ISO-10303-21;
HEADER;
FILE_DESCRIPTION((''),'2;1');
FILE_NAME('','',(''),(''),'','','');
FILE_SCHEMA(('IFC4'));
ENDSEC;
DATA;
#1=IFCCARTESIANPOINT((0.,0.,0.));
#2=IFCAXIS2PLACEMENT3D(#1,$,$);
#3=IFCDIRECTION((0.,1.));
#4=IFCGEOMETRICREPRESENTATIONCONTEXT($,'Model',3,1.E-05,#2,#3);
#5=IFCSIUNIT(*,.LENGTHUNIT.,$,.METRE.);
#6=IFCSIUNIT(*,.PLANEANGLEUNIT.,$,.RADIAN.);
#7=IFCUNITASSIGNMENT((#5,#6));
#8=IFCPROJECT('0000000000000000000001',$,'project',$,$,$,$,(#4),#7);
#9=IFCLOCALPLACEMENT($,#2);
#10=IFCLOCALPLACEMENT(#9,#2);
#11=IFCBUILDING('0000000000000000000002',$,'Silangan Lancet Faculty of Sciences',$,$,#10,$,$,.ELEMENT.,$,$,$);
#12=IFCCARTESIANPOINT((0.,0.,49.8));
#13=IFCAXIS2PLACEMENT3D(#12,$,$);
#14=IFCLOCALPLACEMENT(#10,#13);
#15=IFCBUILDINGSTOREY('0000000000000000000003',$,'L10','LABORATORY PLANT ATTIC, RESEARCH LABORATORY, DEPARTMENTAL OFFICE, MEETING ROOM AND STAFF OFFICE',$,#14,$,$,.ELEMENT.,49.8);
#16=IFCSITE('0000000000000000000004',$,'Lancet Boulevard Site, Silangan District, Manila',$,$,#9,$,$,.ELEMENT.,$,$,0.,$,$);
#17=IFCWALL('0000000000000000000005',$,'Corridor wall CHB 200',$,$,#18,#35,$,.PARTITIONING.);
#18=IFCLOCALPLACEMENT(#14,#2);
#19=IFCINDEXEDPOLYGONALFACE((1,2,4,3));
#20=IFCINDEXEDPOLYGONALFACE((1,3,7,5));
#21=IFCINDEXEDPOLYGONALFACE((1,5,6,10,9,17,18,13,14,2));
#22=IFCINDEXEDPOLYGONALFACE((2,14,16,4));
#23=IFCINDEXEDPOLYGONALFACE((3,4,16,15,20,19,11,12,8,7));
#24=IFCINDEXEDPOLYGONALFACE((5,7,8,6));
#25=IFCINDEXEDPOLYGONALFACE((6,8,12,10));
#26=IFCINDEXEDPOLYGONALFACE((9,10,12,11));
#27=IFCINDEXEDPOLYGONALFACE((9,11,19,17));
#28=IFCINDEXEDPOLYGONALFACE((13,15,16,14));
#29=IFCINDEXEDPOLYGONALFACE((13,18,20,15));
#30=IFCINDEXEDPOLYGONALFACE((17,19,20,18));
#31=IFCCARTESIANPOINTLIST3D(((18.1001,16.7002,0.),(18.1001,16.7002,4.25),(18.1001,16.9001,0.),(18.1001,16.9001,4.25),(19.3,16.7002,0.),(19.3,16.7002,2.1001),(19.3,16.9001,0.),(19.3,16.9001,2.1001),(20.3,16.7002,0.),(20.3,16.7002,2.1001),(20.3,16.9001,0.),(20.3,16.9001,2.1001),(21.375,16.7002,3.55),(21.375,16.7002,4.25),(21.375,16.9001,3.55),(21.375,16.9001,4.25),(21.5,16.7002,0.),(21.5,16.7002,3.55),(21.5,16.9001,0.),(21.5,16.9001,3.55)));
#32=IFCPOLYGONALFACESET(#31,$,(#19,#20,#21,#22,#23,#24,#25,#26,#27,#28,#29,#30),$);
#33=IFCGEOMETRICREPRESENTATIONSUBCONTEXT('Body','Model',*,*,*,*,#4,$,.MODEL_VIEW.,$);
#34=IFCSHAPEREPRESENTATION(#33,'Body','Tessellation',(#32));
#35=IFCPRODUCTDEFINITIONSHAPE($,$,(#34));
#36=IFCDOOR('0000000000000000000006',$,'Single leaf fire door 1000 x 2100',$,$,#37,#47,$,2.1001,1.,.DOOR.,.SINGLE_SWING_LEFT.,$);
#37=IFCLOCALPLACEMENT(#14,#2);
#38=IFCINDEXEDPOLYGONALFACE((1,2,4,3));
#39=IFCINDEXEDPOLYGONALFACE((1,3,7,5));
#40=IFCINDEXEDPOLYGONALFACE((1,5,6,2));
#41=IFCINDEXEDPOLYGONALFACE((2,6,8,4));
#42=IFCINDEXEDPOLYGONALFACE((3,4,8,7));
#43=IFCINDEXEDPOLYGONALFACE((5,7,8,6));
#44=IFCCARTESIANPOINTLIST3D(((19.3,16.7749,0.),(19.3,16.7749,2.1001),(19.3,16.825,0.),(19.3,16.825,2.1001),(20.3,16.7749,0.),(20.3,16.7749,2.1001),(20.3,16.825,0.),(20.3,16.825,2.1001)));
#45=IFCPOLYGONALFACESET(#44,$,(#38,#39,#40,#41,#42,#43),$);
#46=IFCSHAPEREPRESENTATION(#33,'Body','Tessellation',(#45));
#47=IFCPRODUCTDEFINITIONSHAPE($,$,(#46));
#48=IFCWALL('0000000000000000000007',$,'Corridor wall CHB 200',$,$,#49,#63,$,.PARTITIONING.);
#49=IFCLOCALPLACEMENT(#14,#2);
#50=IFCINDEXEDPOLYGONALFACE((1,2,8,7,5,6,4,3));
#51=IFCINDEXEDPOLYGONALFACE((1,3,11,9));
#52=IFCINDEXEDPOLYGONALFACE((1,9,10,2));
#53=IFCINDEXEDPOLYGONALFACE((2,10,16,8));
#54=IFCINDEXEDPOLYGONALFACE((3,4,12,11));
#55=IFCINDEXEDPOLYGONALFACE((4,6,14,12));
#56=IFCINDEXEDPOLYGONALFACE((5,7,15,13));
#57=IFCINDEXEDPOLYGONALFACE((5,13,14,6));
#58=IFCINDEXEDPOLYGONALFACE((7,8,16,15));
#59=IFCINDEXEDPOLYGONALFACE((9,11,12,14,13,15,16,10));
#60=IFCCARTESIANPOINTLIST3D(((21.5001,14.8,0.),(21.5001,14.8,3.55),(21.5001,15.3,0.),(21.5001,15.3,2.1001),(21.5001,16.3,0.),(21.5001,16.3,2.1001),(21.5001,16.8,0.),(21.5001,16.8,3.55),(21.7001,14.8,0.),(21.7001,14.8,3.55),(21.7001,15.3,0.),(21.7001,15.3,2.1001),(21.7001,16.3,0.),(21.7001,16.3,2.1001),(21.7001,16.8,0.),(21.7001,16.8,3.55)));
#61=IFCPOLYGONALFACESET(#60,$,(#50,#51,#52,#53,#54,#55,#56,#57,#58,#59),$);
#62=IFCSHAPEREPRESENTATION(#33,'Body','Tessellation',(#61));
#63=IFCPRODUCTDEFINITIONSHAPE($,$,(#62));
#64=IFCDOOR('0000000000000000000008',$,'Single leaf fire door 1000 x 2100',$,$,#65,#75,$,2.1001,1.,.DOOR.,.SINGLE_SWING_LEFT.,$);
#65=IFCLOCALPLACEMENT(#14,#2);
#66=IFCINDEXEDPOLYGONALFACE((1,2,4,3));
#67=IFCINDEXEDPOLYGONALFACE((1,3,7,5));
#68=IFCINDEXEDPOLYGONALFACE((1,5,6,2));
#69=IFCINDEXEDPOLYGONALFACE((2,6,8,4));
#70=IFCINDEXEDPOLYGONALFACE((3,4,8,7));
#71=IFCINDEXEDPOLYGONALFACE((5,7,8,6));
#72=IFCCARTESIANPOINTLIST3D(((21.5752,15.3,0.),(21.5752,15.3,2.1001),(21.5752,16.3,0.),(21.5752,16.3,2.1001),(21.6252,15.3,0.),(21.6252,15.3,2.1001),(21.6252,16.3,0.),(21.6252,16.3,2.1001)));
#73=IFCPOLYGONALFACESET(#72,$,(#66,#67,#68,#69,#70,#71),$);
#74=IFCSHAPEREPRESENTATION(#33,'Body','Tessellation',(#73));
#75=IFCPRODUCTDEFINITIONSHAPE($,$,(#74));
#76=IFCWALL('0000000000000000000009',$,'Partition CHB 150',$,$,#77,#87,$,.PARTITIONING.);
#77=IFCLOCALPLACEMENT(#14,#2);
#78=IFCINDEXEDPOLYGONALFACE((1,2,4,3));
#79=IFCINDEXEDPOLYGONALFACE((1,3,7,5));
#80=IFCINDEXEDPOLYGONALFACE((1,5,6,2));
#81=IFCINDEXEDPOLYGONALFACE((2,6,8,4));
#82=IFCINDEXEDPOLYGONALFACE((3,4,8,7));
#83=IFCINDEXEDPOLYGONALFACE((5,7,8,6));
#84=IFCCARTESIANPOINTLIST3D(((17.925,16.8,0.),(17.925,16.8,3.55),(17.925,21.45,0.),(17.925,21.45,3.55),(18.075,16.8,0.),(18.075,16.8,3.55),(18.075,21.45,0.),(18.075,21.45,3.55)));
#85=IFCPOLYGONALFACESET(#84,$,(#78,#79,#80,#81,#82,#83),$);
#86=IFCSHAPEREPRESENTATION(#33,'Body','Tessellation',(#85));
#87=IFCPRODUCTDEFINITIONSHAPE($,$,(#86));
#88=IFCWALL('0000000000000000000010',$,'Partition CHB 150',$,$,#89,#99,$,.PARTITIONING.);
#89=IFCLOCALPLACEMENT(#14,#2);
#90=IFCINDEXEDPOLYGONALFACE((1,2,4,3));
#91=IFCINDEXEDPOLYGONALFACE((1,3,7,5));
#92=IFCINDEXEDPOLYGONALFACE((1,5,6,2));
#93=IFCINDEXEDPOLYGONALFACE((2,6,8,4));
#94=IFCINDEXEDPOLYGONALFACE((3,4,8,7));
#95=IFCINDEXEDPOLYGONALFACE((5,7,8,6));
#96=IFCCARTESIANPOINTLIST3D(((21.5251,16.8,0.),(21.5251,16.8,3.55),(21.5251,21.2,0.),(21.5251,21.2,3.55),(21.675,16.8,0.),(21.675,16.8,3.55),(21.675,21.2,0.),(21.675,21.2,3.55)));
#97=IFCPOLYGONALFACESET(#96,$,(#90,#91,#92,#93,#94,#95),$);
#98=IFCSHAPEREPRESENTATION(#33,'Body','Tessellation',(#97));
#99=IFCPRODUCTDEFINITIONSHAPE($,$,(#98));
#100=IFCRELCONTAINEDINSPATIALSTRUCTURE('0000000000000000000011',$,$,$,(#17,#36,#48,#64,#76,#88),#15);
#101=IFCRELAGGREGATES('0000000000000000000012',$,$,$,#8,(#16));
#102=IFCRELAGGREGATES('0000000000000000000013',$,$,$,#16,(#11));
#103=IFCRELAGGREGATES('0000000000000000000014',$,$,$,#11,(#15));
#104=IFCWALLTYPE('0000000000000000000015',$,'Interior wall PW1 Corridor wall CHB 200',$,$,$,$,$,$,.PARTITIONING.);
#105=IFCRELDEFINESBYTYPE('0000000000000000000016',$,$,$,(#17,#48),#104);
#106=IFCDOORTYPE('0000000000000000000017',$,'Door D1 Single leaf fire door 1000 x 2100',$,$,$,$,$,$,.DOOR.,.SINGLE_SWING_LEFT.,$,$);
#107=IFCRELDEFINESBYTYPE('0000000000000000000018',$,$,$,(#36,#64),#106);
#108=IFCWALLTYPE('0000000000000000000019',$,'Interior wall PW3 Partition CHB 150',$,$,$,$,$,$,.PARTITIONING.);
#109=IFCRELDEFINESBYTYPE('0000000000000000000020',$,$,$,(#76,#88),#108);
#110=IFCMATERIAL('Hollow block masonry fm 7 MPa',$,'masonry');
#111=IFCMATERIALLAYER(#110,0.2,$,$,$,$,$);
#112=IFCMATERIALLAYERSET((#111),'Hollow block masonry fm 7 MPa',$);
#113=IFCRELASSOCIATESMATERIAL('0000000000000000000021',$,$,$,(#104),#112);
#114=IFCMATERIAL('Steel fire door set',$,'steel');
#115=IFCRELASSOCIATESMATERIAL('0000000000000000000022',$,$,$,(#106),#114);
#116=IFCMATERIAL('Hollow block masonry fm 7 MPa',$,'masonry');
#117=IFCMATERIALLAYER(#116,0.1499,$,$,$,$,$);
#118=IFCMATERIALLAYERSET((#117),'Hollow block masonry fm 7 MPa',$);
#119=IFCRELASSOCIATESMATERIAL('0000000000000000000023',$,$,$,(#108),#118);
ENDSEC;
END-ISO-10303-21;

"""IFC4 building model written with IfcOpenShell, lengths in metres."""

from ifc_helpers import new_model, si_unit, direction, frame, frame_2d, origin, place, context, subcontext, project, spatial, polyline, rectangle, outline, extrude, material, layer, layer_set, type_object, element, fill, save


model = new_model("IFC4")

# Units and contexts
model_context = context("Model", 3, precision=1e-05, world=origin(), true_north=direction((0.0, 1.0)))
body_context = subcontext(model_context, "Body", "Model", "MODEL_VIEW")
ifc_project = project(units=[si_unit("LENGTHUNIT", "METRE"), si_unit("PLANEANGLEUNIT", "RADIAN")], contexts=[model_context])

# Site, building, storey
site_placement = place(None, origin())
site = spatial("IfcSite", under=ifc_project, at=site_placement, Name="Lancet Boulevard Site, Silangan District, Manila", CompositionType="ELEMENT", RefElevation=0.0)
building_placement = place(site_placement, origin())
building = spatial("IfcBuilding", under=site, at=building_placement, Name="Silangan Lancet Faculty of Sciences", CompositionType="ELEMENT")
storey_placement = place(building_placement, frame((0.0, 0.0, 49.8)))
storey = spatial("IfcBuildingStorey", under=building, at=storey_placement, Name="L10", Description="LABORATORY PLANT ATTIC, RESEARCH LABORATORY, DEPARTMENTAL OFFICE, MEETING ROOM AND STAFF OFFICE", CompositionType="ELEMENT", Elevation=49.8)

# Walls, openings, doors
ifc_material_1 = material(Name="Hollow block masonry fm 7 MPa", Category="masonry")
ifc_layer_1 = layer(ifc_material_1, 0.2)
ifc_layer_set_1 = layer_set([ifc_layer_1], Name="Hollow block masonry fm 7 MPa")
wall_type_1 = type_object("IfcWallType", Name="Interior wall PW1 Corridor wall CHB 200", PredefinedType="PARTITIONING", material=ifc_layer_set_1)
wall_1_placement = place(storey_placement, frame((18.1001, 16.8, 0.0), z_axis=(0.0, 0.0, 1.0), x_axis=(1.0, 0.0, 0.0)))
wall_1 = element("IfcWall", 1, at=wall_1_placement, inside=storey, type_object=wall_type_1, Name="Corridor wall CHB 200", PredefinedType="PARTITIONING", context=body_context, shape_type="SweptSolid", body=[
    extrude(outline(polyline([(0.0, 0.0), (3.3999, 0.0), (3.3999, 3.55), (3.2749, 3.55), (3.2749, 4.25), (0.0, 4.25), (0.0, 0.0)])), frame((0.0, 0.1001, 0.0), z_axis=(0.0, -1.0, 0.0), x_axis=(1.0, 0.0, 0.0)), (0.0, 0.0, 1.0), 0.2),
])
opening_1_placement = place(wall_1_placement, frame((1.2, 0.0, 0.0)))
opening_1 = element("IfcOpeningElement", 2, at=opening_1_placement, cuts=wall_1, PredefinedType="OPENING", context=body_context, shape_type="SweptSolid", body=[
    extrude(rectangle(XDim=1.0, YDim=2.1001, at=frame_2d((0.5, 1.05))), frame((0.0, 0.1099, 0.0), z_axis=(0.0, -1.0, 0.0), x_axis=(1.0, 0.0, 0.0)), (0.0, 0.0, 1.0), 0.22),
])
ifc_material_2 = material(Name="Steel fire door set", Category="steel")
door_type = type_object("IfcDoorType", Name="Door D1 Single leaf fire door 1000 x 2100", OperationType="SINGLE_SWING_LEFT", PredefinedType="DOOR", material=ifc_material_2)
door_1_placement = place(opening_1_placement, origin())
door_1 = element("IfcDoor", 3, at=door_1_placement, inside=storey, type_object=door_type, Name="Single leaf fire door 1000 x 2100", OperationType="SINGLE_SWING_LEFT", OverallHeight=2.1001, OverallWidth=1.0, PredefinedType="DOOR", context=body_context, shape_type="SweptSolid", body=[
    extrude(rectangle(XDim=1.0, YDim=2.1001, at=frame_2d((0.5, 1.05))), frame((0.0, 0.0249, 0.0), z_axis=(0.0, -1.0, 0.0), x_axis=(1.0, 0.0, 0.0)), (0.0, 0.0, 1.0), 0.05),
])
fill(opening_1, door_1)
wall_2_placement = place(storey_placement, frame((21.6001, 14.8, 0.0), z_axis=(0.0, 0.0, 1.0), x_axis=(0.0, 1.0, 0.0)))
wall_2 = element("IfcWall", 4, at=wall_2_placement, inside=storey, type_object=wall_type_1, Name="Corridor wall CHB 200", PredefinedType="PARTITIONING", context=body_context, shape_type="SweptSolid", body=[
    extrude(rectangle(XDim=2.0, YDim=0.2, at=frame_2d((1.0, 0.0))), origin(), (0.0, 0.0, 1.0), 3.55),
])
opening_2_placement = place(wall_2_placement, frame((0.5, 0.0, 0.0)))
opening_2 = element("IfcOpeningElement", 5, at=opening_2_placement, cuts=wall_2, PredefinedType="OPENING", context=body_context, shape_type="SweptSolid", body=[
    extrude(rectangle(XDim=1.0, YDim=2.1001, at=frame_2d((0.5, 1.05))), frame((0.0, 0.1099, 0.0), z_axis=(0.0, -1.0, 0.0), x_axis=(1.0, 0.0, 0.0)), (0.0, 0.0, 1.0), 0.22),
])
door_2_placement = place(opening_2_placement, frame((1.0, 0.0, 0.0), z_axis=(0.0, 0.0, 1.0), x_axis=(-1.0, 0.0, 0.0)))
door_2 = element("IfcDoor", 6, at=door_2_placement, inside=storey, type_object=door_type, Name="Single leaf fire door 1000 x 2100", OperationType="SINGLE_SWING_LEFT", OverallHeight=2.1001, OverallWidth=1.0, PredefinedType="DOOR", context=body_context, shape_type="SweptSolid", body=[
    extrude(rectangle(XDim=1.0, YDim=2.1001, at=frame_2d((0.5, 1.05))), frame((0.0, 0.0251, 0.0), z_axis=(0.0, -1.0, 0.0), x_axis=(1.0, 0.0, 0.0)), (0.0, 0.0, 1.0), 0.05),
])
fill(opening_2, door_2)

# Walls
ifc_material_3 = material(Name="Hollow block masonry fm 7 MPa", Category="masonry")
ifc_layer_2 = layer(ifc_material_3, 0.1499)
ifc_layer_set_2 = layer_set([ifc_layer_2], Name="Hollow block masonry fm 7 MPa")
wall_type_2 = type_object("IfcWallType", Name="Interior wall PW3 Partition CHB 150", PredefinedType="PARTITIONING", material=ifc_layer_set_2)
wall_3_placement = place(storey_placement, frame((18.0, 16.8, 0.0), z_axis=(0.0, 0.0, 1.0), x_axis=(0.0, 1.0, 0.0)))
element("IfcWall", 7, at=wall_3_placement, inside=storey, type_object=wall_type_2, Name="Partition CHB 150", PredefinedType="PARTITIONING", context=body_context, shape_type="SweptSolid", body=[
    extrude(rectangle(XDim=4.6499, YDim=0.1499, at=frame_2d((2.325, 0.0))), origin(), (0.0, 0.0, 1.0), 3.55),
])
wall_4_placement = place(storey_placement, frame((21.6001, 16.8, 0.0), z_axis=(0.0, 0.0, 1.0), x_axis=(0.0, 1.0, 0.0)))
element("IfcWall", 8, at=wall_4_placement, inside=storey, type_object=wall_type_2, Name="Partition CHB 150", PredefinedType="PARTITIONING", context=body_context, shape_type="SweptSolid", body=[
    extrude(rectangle(XDim=4.3999, YDim=0.1499, at=frame_2d((2.2, 0.0))), origin(), (0.0, 0.0, 1.0), 3.55),
])

save(model, "model.ifc")
